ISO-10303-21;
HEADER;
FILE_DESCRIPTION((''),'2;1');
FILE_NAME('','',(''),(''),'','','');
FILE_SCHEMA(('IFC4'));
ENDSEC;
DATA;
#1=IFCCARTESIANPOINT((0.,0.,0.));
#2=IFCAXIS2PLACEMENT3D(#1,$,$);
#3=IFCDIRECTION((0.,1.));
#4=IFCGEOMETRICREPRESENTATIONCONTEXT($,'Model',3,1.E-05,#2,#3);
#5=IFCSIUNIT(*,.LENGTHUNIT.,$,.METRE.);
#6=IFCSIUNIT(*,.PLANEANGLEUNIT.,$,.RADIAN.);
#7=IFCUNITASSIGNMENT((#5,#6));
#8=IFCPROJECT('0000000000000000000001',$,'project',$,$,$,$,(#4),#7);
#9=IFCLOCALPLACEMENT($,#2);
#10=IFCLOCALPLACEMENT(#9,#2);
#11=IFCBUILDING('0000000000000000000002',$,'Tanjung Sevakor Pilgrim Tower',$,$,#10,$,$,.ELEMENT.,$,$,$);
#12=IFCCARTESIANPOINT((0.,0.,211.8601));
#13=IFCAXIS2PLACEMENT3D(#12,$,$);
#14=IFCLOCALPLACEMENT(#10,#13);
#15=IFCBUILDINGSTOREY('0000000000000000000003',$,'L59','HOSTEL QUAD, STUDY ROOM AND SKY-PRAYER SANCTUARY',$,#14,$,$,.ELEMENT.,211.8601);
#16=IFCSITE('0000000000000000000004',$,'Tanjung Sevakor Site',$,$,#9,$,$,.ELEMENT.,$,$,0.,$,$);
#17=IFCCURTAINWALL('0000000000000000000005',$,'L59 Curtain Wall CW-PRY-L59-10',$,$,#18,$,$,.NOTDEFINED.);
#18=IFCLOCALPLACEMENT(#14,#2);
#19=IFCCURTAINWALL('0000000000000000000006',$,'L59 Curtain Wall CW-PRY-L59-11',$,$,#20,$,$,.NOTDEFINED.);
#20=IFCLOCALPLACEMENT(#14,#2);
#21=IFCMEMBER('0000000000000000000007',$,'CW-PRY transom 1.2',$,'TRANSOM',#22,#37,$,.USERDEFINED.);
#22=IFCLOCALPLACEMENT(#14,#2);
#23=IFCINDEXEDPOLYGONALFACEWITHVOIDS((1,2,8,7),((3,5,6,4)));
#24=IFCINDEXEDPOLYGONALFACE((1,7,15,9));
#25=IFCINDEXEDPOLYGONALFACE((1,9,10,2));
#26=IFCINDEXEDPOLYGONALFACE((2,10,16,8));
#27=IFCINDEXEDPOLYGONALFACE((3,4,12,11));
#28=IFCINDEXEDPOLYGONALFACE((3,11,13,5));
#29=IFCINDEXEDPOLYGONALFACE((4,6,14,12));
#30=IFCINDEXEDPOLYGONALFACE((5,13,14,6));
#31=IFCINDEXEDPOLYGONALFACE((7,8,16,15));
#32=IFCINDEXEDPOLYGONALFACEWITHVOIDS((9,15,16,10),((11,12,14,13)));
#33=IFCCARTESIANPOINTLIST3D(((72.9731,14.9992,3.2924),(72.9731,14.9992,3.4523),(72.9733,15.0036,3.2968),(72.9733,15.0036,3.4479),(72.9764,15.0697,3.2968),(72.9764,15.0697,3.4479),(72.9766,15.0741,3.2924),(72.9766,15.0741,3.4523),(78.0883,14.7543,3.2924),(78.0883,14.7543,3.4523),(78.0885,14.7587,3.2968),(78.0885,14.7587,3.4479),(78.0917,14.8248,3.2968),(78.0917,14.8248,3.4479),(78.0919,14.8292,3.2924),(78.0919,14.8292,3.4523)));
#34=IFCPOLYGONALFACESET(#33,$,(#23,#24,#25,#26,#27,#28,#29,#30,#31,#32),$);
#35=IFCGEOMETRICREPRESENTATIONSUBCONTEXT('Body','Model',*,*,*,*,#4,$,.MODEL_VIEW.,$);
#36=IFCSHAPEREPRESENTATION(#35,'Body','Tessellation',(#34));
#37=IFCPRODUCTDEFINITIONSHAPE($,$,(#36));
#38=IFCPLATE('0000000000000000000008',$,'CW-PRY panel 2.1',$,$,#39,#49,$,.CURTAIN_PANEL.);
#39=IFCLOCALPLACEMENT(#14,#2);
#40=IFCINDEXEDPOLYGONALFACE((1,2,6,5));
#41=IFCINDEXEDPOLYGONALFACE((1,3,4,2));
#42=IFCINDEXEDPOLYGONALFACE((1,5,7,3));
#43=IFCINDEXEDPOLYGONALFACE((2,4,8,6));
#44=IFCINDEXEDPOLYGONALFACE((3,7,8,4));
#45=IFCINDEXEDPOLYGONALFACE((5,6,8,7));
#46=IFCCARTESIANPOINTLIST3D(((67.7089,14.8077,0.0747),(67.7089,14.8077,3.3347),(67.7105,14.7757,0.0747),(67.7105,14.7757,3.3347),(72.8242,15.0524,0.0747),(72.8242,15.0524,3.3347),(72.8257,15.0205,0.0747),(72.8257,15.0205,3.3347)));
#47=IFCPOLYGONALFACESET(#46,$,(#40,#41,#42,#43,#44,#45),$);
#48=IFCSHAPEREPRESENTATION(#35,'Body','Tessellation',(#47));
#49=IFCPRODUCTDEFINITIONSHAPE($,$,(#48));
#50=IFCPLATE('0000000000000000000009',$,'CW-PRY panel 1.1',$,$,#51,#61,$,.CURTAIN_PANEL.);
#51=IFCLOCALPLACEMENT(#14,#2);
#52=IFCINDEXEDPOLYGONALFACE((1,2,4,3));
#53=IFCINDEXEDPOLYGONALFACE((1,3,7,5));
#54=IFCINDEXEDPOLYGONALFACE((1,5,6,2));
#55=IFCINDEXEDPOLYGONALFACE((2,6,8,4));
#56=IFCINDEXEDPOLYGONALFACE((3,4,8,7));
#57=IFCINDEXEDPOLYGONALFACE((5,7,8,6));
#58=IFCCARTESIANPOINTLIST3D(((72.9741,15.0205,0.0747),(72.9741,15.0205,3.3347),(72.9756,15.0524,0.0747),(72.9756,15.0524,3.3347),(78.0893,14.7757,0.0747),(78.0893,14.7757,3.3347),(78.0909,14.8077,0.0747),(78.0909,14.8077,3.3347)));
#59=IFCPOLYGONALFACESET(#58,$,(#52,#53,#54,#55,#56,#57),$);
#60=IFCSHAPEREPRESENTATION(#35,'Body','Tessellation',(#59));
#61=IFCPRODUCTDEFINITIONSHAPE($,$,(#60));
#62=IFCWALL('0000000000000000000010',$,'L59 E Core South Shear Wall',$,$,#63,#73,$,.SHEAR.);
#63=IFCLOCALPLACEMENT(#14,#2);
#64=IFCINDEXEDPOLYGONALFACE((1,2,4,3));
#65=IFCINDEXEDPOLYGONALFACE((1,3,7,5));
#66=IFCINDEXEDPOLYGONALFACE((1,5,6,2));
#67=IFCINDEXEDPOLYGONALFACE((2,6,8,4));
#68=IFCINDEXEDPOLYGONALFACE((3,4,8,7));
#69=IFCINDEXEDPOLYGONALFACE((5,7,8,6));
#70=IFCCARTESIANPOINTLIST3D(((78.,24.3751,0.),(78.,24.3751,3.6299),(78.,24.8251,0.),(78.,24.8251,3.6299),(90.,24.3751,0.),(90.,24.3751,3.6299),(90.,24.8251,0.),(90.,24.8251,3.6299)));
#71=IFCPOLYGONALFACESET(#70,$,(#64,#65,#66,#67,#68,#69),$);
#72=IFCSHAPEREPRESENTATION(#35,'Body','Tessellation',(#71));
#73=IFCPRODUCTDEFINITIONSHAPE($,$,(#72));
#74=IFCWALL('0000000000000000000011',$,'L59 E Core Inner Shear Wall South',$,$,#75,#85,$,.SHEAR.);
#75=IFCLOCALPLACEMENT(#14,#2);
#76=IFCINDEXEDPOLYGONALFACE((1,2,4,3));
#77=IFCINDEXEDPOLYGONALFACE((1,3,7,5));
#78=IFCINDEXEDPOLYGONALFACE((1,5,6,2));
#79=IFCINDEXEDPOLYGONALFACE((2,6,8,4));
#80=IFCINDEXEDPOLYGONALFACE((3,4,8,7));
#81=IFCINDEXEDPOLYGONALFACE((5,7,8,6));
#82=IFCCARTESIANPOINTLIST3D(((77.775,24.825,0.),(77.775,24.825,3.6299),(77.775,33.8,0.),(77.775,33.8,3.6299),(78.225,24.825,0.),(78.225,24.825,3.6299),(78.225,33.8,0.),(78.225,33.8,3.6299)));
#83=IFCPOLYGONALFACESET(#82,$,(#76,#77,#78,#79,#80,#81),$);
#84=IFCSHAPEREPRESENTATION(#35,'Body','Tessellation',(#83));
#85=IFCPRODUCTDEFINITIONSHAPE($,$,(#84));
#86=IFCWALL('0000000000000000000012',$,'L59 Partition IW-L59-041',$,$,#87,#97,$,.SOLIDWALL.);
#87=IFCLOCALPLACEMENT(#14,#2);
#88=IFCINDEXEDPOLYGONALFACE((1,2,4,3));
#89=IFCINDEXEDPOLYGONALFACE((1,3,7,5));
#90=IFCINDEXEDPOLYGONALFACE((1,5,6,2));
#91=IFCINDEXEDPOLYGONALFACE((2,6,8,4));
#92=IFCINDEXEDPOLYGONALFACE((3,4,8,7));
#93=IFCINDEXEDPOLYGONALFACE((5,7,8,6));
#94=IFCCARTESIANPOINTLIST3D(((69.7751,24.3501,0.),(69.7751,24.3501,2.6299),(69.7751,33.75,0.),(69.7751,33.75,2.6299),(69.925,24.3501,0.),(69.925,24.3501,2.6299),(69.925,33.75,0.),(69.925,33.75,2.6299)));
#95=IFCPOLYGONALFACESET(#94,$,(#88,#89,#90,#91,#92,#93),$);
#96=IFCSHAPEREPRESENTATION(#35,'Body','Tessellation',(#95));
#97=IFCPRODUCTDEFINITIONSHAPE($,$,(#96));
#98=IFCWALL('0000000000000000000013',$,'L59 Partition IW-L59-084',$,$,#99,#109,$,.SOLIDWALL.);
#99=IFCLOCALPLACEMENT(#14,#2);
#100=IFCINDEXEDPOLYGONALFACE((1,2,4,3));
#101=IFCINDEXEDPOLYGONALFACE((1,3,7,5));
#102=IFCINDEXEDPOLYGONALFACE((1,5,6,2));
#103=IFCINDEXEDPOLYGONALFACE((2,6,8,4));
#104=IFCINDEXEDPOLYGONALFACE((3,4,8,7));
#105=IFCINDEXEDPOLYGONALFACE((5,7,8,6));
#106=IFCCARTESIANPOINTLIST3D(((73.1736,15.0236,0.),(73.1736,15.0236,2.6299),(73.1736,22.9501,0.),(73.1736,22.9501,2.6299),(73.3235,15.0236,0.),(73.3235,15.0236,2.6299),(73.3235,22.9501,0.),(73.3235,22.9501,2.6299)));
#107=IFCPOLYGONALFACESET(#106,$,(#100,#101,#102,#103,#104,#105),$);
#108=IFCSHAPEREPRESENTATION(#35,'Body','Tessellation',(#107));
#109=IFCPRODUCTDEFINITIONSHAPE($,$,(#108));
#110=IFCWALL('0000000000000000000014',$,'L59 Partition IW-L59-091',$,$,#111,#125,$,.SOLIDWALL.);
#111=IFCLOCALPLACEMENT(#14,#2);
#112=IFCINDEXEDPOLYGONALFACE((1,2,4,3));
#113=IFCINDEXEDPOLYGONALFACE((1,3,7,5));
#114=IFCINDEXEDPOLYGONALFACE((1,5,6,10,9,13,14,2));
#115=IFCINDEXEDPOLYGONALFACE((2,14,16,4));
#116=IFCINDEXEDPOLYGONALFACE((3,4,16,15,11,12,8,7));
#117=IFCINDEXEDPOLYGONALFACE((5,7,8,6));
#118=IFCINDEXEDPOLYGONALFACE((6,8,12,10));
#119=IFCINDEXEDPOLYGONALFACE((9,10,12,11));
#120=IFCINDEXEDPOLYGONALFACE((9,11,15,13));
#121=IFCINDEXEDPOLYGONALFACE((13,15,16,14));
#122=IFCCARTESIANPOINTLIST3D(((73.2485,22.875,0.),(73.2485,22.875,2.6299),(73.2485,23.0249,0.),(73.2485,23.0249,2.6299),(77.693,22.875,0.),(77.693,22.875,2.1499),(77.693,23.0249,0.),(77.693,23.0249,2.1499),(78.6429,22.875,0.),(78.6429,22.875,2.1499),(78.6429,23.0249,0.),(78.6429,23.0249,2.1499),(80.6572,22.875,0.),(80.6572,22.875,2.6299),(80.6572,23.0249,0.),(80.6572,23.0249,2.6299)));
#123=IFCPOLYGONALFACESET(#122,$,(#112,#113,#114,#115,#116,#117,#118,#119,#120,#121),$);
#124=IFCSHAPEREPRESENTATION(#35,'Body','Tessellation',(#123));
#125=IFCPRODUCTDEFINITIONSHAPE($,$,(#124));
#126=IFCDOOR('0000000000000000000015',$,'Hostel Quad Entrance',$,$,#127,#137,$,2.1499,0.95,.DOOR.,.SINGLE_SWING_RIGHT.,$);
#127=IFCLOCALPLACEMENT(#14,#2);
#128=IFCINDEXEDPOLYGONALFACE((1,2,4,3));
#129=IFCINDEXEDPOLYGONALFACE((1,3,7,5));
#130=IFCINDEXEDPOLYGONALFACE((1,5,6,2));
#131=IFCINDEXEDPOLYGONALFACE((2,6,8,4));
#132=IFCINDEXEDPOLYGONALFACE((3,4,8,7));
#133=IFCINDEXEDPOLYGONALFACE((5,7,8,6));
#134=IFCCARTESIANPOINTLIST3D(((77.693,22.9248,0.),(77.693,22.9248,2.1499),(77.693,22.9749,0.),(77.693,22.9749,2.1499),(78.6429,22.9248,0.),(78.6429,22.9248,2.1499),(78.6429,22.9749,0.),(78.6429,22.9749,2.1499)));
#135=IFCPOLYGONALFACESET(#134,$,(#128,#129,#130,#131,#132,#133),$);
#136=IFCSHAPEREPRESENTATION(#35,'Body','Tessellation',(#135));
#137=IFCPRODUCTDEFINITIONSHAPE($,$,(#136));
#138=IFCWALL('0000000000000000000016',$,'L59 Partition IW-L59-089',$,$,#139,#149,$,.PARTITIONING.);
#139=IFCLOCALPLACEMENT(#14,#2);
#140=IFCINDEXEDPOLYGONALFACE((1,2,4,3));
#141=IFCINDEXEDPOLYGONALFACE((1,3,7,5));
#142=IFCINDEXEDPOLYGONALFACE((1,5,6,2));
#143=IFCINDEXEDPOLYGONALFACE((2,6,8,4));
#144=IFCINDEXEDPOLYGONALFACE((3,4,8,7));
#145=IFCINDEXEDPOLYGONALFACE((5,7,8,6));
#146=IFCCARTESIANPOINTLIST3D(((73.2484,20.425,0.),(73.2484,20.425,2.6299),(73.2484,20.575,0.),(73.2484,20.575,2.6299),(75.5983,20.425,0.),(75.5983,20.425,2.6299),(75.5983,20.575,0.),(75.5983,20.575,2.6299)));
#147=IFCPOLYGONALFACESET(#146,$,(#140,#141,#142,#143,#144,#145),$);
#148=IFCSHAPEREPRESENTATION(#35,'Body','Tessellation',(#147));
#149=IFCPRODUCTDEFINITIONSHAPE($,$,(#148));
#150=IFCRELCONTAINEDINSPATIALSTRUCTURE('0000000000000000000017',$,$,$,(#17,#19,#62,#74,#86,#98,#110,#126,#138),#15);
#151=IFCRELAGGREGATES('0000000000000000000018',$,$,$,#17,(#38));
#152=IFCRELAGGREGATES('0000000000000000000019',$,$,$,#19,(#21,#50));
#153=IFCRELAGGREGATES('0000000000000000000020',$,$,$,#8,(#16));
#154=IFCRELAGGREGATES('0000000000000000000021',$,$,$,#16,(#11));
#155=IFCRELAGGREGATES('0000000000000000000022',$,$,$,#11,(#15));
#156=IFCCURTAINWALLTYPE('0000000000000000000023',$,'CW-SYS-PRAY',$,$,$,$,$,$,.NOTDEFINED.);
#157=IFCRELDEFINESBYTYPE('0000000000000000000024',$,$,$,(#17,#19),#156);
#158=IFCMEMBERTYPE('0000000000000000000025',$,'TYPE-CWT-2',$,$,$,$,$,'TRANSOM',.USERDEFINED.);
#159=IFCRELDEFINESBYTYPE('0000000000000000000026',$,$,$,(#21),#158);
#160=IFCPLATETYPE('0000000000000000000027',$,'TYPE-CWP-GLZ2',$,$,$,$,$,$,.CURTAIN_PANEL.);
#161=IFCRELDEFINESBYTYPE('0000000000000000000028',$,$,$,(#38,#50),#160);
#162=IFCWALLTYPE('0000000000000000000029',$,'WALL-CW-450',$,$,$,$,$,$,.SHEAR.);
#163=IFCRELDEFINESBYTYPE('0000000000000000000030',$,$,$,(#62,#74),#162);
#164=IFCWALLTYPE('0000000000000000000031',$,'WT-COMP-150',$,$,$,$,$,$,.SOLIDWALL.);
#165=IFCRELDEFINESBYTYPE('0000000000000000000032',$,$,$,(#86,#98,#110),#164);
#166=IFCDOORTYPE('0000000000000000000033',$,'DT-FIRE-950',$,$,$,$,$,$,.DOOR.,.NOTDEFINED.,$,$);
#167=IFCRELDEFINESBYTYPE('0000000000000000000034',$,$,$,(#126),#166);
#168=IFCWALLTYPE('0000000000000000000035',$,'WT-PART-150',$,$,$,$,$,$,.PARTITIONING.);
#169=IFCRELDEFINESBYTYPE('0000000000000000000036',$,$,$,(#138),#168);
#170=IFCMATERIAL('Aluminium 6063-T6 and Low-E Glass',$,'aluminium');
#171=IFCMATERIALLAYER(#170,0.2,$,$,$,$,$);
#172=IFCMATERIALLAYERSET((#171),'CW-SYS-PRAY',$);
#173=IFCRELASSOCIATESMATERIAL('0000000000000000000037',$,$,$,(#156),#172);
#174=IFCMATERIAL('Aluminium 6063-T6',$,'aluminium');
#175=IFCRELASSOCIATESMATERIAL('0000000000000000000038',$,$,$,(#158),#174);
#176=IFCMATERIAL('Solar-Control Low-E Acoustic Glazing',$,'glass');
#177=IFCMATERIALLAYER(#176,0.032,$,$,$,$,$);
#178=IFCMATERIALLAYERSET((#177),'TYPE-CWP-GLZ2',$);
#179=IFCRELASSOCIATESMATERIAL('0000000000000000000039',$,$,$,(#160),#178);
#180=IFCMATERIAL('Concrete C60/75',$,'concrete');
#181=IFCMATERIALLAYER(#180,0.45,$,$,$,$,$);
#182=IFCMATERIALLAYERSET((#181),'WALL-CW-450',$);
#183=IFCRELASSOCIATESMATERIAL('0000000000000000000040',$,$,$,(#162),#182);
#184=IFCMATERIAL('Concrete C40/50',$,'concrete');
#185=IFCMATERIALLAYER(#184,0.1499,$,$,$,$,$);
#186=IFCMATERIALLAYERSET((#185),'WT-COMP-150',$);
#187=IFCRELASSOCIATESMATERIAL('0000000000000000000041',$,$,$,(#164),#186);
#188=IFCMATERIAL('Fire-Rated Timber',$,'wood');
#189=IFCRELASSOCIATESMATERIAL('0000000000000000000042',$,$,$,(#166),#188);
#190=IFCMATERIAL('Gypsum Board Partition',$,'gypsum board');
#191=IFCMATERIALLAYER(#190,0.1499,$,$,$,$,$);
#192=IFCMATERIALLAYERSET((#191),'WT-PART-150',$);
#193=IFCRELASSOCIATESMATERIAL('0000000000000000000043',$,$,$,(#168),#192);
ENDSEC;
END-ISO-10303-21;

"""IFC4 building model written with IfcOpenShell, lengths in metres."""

from ifc_helpers import new_model, si_unit, direction, frame, frame_2d, origin, origin_2d, place, context, subcontext, project, spatial, rectangle, hollow_rectangle, extrude, material, layer, layer_set, material_profile, profile_set, type_object, element, fill, aggregate, save


model = new_model("IFC4")

# Units and contexts
model_context = context("Model", 3, precision=1e-05, world=origin(), true_north=direction((0.0, 1.0)))
body_context = subcontext(model_context, "Body", "Model", "MODEL_VIEW")
ifc_project = project(units=[si_unit("LENGTHUNIT", "METRE"), si_unit("PLANEANGLEUNIT", "RADIAN")], contexts=[model_context])

# Site, building, storey
site_placement = place(None, origin())
site = spatial("IfcSite", under=ifc_project, at=site_placement, Name="Tanjung Sevakor Site", CompositionType="ELEMENT", RefElevation=0.0)
building_placement = place(site_placement, origin())
building = spatial("IfcBuilding", under=site, at=building_placement, Name="Tanjung Sevakor Pilgrim Tower", CompositionType="ELEMENT")
storey_placement = place(building_placement, frame((0.0, 0.0, 211.8601)))
storey = spatial("IfcBuildingStorey", under=building, at=storey_placement, Name="L59", Description="HOSTEL QUAD, STUDY ROOM AND SKY-PRAYER SANCTUARY", CompositionType="ELEMENT", Elevation=211.8601)

# Curtain wall
ifc_material_1 = material(Name="Aluminium 6063-T6 and Low-E Glass", Category="aluminium")
ifc_layer_1 = layer(ifc_material_1, 0.2)
ifc_layer_set_1 = layer_set([ifc_layer_1], Name="CW-SYS-PRAY")
curtain_wall_type = type_object("IfcCurtainWallType", Name="CW-SYS-PRAY", PredefinedType="NOTDEFINED", material=ifc_layer_set_1)
curtain_wall_1_placement = place(storey_placement, origin())
curtain_wall_1 = element("IfcCurtainWall", 1, at=curtain_wall_1_placement, inside=storey, type_object=curtain_wall_type, Name="L59 Curtain Wall CW-PRY-L59-10", PredefinedType="NOTDEFINED")

# Curtain wall, member
curtain_wall_2_placement = place(storey_placement, origin())
curtain_wall_2 = element("IfcCurtainWall", 2, at=curtain_wall_2_placement, inside=storey, type_object=curtain_wall_type, Name="L59 Curtain Wall CW-PRY-L59-11", PredefinedType="NOTDEFINED")
ifc_material_2 = material(Name="Aluminium 6063-T6", Category="aluminium")
ifc_material_profile_1 = material_profile(ifc_material_2, hollow_rectangle(XDim=0.075, YDim=0.1599, WallThickness=0.0044, at=origin_2d()))
ifc_profile_set_1 = profile_set([ifc_material_profile_1], Name="Aluminium 6063-T6")
member_type_1 = type_object("IfcMemberType", Name="TYPE-CWT-2", ElementType="TRANSOM", PredefinedType="USERDEFINED", material=ifc_profile_set_1)
member_1_placement = place(storey_placement, frame((72.9749, 15.0366, 3.3723), z_axis=(0.998856, -0.047817, 0.0), x_axis=(0.047817, 0.998856, 0.0)))
member_1 = element("IfcMember", 3, at=member_1_placement, type_object=member_type_1, Name="CW-PRY transom 1.2", ObjectType="TRANSOM", PredefinedType="USERDEFINED", context=body_context, shape_type="SweptSolid", body=[
    extrude(hollow_rectangle(XDim=0.075, YDim=0.1599, WallThickness=0.0044, at=origin_2d()), origin(), (0.0, 0.0, 1.0), 5.1211),
])

# Plates
ifc_material_3 = material(Name="Solar-Control Low-E Acoustic Glazing", Category="glass")
ifc_layer_2 = layer(ifc_material_3, 0.032)
ifc_layer_set_2 = layer_set([ifc_layer_2], Name="TYPE-CWP-GLZ2")
plate_type = type_object("IfcPlateType", Name="TYPE-CWP-GLZ2", PredefinedType="CURTAIN_PANEL", material=ifc_layer_set_2)
plate_1_placement = place(storey_placement, frame((70.2673, 14.9141, 0.0747), z_axis=(0.0, 0.0, 1.0), x_axis=(0.998858, 0.047787, 0.0)))
plate_1 = element("IfcPlate", 4, at=plate_1_placement, type_object=plate_type, Name="CW-PRY panel 2.1", PredefinedType="CURTAIN_PANEL", context=body_context, shape_type="SweptSolid", body=[
    extrude(rectangle(XDim=5.1211, YDim=0.032, at=origin_2d()), origin(), (0.0, 0.0, 1.0), 3.26),
])
aggregate(curtain_wall_1, [plate_1])
plate_2_placement = place(storey_placement, frame((75.5325, 14.9141, 0.0747), z_axis=(0.0, 0.0, 1.0), x_axis=(0.998858, -0.047787, 0.0)))
plate_2 = element("IfcPlate", 5, at=plate_2_placement, type_object=plate_type, Name="CW-PRY panel 1.1", PredefinedType="CURTAIN_PANEL", context=body_context, shape_type="SweptSolid", body=[
    extrude(rectangle(XDim=5.1211, YDim=0.032, at=origin_2d()), origin(), (0.0, 0.0, 1.0), 3.26),
])
aggregate(curtain_wall_2, [member_1, plate_2])

# Walls
ifc_material_4 = material(Name="Concrete C60/75", Category="concrete")
ifc_layer_3 = layer(ifc_material_4, 0.45)
ifc_layer_set_3 = layer_set([ifc_layer_3], Name="WALL-CW-450")
wall_type_1 = type_object("IfcWallType", Name="WALL-CW-450", PredefinedType="SHEAR", material=ifc_layer_set_3)
wall_1_placement = place(storey_placement, frame((78.0, 24.6001, 0.0), z_axis=(0.0, 0.0, 1.0), x_axis=(1.0, 0.0, 0.0)))
element("IfcWall", 6, at=wall_1_placement, inside=storey, type_object=wall_type_1, Name="L59 E Core South Shear Wall", PredefinedType="SHEAR", context=body_context, shape_type="SweptSolid", body=[
    extrude(rectangle(XDim=12.0, YDim=0.45, at=frame_2d((6.0, 0.0))), origin(), (0.0, 0.0, 1.0), 3.6299),
])
wall_2_placement = place(storey_placement, frame((78.0, 24.825, 0.0), z_axis=(0.0, 0.0, 1.0), x_axis=(0.0, 1.0, 0.0)))
element("IfcWall", 7, at=wall_2_placement, inside=storey, type_object=wall_type_1, Name="L59 E Core Inner Shear Wall South", PredefinedType="SHEAR", context=body_context, shape_type="SweptSolid", body=[
    extrude(rectangle(XDim=8.9751, YDim=0.45, at=frame_2d((4.4875, 0.0))), origin(), (0.0, 0.0, 1.0), 3.6299),
])
ifc_material_5 = material(Name="Concrete C40/50", Category="concrete")
ifc_layer_4 = layer(ifc_material_5, 0.1499)
ifc_layer_set_4 = layer_set([ifc_layer_4], Name="WT-COMP-150")
wall_type_2 = type_object("IfcWallType", Name="WT-COMP-150", PredefinedType="SOLIDWALL", material=ifc_layer_set_4)
wall_3_placement = place(storey_placement, frame((69.8501, 24.3501, 0.0), z_axis=(0.0, 0.0, 1.0), x_axis=(0.0, 1.0, 0.0)))
element("IfcWall", 8, at=wall_3_placement, inside=storey, type_object=wall_type_2, Name="L59 Partition IW-L59-041", PredefinedType="SOLIDWALL", context=body_context, shape_type="SweptSolid", body=[
    extrude(rectangle(XDim=9.3999, YDim=0.1499, at=frame_2d((4.7, 0.0))), origin(), (0.0, 0.0, 1.0), 2.6299),
])
wall_4_placement = place(storey_placement, frame((73.2485, 15.0234, 0.0), z_axis=(0.0, 0.0, 1.0), x_axis=(0.0, 1.0, 0.0)))
element("IfcWall", 9, at=wall_4_placement, inside=storey, type_object=wall_type_2, Name="L59 Partition IW-L59-084", PredefinedType="SOLIDWALL", context=body_context, shape_type="SweptSolid", body=[
    extrude(rectangle(XDim=7.9265, YDim=0.1499, at=frame_2d((3.9634, 0.0))), origin(), (0.0, 0.0, 1.0), 2.6299),
])

# Wall, opening, door
wall_5_placement = place(storey_placement, frame((73.2485, 22.95, 0.0), z_axis=(0.0, 0.0, 1.0), x_axis=(1.0, 0.0, 0.0)))
wall_5 = element("IfcWall", 10, at=wall_5_placement, inside=storey, type_object=wall_type_2, Name="L59 Partition IW-L59-091", PredefinedType="SOLIDWALL", context=body_context, shape_type="SweptSolid", body=[
    extrude(rectangle(XDim=7.4087, YDim=0.1499, at=frame_2d((3.7043, 0.0))), origin(), (0.0, 0.0, 1.0), 2.6299),
])
opening_placement = place(wall_5_placement, frame((4.4443, 0.0, 0.0)))
opening = element("IfcOpeningElement", 11, at=opening_placement, cuts=wall_5, PredefinedType="OPENING", context=body_context, shape_type="SweptSolid", body=[
    extrude(rectangle(XDim=0.95, YDim=2.1499, at=frame_2d((0.4751, 1.075))), frame((0.0, 0.085, 0.0), z_axis=(0.0, -1.0, 0.0), x_axis=(1.0, 0.0, 0.0)), (0.0, 0.0, 1.0), 0.1699),
])
ifc_material_6 = material(Name="Fire-Rated Timber", Category="wood")
door_type = type_object("IfcDoorType", Name="DT-FIRE-950", OperationType="NOTDEFINED", PredefinedType="DOOR", material=ifc_material_6)
door_placement = place(opening_placement, origin())
door = element("IfcDoor", 12, at=door_placement, inside=storey, type_object=door_type, Name="Hostel Quad Entrance", OperationType="SINGLE_SWING_RIGHT", OverallHeight=2.1499, OverallWidth=0.95, PredefinedType="DOOR", context=body_context, shape_type="SweptSolid", body=[
    extrude(rectangle(XDim=0.95, YDim=2.1499, at=frame_2d((0.4751, 1.075))), frame((0.0, 0.0249, 0.0), z_axis=(0.0, -1.0, 0.0), x_axis=(1.0, 0.0, 0.0)), (0.0, 0.0, 1.0), 0.05),
])
fill(opening, door)

# Wall
ifc_material_7 = material(Name="Gypsum Board Partition", Category="gypsum board")
ifc_layer_5 = layer(ifc_material_7, 0.1499)
ifc_layer_set_5 = layer_set([ifc_layer_5], Name="WT-PART-150")
wall_type_3 = type_object("IfcWallType", Name="WT-PART-150", PredefinedType="PARTITIONING", material=ifc_layer_set_5)
wall_6_placement = place(storey_placement, frame((73.2485, 20.5, 0.0), z_axis=(0.0, 0.0, 1.0), x_axis=(1.0, 0.0, 0.0)))
element("IfcWall", 13, at=wall_6_placement, inside=storey, type_object=wall_type_3, Name="L59 Partition IW-L59-089", PredefinedType="PARTITIONING", context=body_context, shape_type="SweptSolid", body=[
    extrude(rectangle(XDim=2.3499, YDim=0.1499, at=frame_2d((1.1748, 0.0))), origin(), (0.0, 0.0, 1.0), 2.6299),
])

save(model, "model.ifc")
